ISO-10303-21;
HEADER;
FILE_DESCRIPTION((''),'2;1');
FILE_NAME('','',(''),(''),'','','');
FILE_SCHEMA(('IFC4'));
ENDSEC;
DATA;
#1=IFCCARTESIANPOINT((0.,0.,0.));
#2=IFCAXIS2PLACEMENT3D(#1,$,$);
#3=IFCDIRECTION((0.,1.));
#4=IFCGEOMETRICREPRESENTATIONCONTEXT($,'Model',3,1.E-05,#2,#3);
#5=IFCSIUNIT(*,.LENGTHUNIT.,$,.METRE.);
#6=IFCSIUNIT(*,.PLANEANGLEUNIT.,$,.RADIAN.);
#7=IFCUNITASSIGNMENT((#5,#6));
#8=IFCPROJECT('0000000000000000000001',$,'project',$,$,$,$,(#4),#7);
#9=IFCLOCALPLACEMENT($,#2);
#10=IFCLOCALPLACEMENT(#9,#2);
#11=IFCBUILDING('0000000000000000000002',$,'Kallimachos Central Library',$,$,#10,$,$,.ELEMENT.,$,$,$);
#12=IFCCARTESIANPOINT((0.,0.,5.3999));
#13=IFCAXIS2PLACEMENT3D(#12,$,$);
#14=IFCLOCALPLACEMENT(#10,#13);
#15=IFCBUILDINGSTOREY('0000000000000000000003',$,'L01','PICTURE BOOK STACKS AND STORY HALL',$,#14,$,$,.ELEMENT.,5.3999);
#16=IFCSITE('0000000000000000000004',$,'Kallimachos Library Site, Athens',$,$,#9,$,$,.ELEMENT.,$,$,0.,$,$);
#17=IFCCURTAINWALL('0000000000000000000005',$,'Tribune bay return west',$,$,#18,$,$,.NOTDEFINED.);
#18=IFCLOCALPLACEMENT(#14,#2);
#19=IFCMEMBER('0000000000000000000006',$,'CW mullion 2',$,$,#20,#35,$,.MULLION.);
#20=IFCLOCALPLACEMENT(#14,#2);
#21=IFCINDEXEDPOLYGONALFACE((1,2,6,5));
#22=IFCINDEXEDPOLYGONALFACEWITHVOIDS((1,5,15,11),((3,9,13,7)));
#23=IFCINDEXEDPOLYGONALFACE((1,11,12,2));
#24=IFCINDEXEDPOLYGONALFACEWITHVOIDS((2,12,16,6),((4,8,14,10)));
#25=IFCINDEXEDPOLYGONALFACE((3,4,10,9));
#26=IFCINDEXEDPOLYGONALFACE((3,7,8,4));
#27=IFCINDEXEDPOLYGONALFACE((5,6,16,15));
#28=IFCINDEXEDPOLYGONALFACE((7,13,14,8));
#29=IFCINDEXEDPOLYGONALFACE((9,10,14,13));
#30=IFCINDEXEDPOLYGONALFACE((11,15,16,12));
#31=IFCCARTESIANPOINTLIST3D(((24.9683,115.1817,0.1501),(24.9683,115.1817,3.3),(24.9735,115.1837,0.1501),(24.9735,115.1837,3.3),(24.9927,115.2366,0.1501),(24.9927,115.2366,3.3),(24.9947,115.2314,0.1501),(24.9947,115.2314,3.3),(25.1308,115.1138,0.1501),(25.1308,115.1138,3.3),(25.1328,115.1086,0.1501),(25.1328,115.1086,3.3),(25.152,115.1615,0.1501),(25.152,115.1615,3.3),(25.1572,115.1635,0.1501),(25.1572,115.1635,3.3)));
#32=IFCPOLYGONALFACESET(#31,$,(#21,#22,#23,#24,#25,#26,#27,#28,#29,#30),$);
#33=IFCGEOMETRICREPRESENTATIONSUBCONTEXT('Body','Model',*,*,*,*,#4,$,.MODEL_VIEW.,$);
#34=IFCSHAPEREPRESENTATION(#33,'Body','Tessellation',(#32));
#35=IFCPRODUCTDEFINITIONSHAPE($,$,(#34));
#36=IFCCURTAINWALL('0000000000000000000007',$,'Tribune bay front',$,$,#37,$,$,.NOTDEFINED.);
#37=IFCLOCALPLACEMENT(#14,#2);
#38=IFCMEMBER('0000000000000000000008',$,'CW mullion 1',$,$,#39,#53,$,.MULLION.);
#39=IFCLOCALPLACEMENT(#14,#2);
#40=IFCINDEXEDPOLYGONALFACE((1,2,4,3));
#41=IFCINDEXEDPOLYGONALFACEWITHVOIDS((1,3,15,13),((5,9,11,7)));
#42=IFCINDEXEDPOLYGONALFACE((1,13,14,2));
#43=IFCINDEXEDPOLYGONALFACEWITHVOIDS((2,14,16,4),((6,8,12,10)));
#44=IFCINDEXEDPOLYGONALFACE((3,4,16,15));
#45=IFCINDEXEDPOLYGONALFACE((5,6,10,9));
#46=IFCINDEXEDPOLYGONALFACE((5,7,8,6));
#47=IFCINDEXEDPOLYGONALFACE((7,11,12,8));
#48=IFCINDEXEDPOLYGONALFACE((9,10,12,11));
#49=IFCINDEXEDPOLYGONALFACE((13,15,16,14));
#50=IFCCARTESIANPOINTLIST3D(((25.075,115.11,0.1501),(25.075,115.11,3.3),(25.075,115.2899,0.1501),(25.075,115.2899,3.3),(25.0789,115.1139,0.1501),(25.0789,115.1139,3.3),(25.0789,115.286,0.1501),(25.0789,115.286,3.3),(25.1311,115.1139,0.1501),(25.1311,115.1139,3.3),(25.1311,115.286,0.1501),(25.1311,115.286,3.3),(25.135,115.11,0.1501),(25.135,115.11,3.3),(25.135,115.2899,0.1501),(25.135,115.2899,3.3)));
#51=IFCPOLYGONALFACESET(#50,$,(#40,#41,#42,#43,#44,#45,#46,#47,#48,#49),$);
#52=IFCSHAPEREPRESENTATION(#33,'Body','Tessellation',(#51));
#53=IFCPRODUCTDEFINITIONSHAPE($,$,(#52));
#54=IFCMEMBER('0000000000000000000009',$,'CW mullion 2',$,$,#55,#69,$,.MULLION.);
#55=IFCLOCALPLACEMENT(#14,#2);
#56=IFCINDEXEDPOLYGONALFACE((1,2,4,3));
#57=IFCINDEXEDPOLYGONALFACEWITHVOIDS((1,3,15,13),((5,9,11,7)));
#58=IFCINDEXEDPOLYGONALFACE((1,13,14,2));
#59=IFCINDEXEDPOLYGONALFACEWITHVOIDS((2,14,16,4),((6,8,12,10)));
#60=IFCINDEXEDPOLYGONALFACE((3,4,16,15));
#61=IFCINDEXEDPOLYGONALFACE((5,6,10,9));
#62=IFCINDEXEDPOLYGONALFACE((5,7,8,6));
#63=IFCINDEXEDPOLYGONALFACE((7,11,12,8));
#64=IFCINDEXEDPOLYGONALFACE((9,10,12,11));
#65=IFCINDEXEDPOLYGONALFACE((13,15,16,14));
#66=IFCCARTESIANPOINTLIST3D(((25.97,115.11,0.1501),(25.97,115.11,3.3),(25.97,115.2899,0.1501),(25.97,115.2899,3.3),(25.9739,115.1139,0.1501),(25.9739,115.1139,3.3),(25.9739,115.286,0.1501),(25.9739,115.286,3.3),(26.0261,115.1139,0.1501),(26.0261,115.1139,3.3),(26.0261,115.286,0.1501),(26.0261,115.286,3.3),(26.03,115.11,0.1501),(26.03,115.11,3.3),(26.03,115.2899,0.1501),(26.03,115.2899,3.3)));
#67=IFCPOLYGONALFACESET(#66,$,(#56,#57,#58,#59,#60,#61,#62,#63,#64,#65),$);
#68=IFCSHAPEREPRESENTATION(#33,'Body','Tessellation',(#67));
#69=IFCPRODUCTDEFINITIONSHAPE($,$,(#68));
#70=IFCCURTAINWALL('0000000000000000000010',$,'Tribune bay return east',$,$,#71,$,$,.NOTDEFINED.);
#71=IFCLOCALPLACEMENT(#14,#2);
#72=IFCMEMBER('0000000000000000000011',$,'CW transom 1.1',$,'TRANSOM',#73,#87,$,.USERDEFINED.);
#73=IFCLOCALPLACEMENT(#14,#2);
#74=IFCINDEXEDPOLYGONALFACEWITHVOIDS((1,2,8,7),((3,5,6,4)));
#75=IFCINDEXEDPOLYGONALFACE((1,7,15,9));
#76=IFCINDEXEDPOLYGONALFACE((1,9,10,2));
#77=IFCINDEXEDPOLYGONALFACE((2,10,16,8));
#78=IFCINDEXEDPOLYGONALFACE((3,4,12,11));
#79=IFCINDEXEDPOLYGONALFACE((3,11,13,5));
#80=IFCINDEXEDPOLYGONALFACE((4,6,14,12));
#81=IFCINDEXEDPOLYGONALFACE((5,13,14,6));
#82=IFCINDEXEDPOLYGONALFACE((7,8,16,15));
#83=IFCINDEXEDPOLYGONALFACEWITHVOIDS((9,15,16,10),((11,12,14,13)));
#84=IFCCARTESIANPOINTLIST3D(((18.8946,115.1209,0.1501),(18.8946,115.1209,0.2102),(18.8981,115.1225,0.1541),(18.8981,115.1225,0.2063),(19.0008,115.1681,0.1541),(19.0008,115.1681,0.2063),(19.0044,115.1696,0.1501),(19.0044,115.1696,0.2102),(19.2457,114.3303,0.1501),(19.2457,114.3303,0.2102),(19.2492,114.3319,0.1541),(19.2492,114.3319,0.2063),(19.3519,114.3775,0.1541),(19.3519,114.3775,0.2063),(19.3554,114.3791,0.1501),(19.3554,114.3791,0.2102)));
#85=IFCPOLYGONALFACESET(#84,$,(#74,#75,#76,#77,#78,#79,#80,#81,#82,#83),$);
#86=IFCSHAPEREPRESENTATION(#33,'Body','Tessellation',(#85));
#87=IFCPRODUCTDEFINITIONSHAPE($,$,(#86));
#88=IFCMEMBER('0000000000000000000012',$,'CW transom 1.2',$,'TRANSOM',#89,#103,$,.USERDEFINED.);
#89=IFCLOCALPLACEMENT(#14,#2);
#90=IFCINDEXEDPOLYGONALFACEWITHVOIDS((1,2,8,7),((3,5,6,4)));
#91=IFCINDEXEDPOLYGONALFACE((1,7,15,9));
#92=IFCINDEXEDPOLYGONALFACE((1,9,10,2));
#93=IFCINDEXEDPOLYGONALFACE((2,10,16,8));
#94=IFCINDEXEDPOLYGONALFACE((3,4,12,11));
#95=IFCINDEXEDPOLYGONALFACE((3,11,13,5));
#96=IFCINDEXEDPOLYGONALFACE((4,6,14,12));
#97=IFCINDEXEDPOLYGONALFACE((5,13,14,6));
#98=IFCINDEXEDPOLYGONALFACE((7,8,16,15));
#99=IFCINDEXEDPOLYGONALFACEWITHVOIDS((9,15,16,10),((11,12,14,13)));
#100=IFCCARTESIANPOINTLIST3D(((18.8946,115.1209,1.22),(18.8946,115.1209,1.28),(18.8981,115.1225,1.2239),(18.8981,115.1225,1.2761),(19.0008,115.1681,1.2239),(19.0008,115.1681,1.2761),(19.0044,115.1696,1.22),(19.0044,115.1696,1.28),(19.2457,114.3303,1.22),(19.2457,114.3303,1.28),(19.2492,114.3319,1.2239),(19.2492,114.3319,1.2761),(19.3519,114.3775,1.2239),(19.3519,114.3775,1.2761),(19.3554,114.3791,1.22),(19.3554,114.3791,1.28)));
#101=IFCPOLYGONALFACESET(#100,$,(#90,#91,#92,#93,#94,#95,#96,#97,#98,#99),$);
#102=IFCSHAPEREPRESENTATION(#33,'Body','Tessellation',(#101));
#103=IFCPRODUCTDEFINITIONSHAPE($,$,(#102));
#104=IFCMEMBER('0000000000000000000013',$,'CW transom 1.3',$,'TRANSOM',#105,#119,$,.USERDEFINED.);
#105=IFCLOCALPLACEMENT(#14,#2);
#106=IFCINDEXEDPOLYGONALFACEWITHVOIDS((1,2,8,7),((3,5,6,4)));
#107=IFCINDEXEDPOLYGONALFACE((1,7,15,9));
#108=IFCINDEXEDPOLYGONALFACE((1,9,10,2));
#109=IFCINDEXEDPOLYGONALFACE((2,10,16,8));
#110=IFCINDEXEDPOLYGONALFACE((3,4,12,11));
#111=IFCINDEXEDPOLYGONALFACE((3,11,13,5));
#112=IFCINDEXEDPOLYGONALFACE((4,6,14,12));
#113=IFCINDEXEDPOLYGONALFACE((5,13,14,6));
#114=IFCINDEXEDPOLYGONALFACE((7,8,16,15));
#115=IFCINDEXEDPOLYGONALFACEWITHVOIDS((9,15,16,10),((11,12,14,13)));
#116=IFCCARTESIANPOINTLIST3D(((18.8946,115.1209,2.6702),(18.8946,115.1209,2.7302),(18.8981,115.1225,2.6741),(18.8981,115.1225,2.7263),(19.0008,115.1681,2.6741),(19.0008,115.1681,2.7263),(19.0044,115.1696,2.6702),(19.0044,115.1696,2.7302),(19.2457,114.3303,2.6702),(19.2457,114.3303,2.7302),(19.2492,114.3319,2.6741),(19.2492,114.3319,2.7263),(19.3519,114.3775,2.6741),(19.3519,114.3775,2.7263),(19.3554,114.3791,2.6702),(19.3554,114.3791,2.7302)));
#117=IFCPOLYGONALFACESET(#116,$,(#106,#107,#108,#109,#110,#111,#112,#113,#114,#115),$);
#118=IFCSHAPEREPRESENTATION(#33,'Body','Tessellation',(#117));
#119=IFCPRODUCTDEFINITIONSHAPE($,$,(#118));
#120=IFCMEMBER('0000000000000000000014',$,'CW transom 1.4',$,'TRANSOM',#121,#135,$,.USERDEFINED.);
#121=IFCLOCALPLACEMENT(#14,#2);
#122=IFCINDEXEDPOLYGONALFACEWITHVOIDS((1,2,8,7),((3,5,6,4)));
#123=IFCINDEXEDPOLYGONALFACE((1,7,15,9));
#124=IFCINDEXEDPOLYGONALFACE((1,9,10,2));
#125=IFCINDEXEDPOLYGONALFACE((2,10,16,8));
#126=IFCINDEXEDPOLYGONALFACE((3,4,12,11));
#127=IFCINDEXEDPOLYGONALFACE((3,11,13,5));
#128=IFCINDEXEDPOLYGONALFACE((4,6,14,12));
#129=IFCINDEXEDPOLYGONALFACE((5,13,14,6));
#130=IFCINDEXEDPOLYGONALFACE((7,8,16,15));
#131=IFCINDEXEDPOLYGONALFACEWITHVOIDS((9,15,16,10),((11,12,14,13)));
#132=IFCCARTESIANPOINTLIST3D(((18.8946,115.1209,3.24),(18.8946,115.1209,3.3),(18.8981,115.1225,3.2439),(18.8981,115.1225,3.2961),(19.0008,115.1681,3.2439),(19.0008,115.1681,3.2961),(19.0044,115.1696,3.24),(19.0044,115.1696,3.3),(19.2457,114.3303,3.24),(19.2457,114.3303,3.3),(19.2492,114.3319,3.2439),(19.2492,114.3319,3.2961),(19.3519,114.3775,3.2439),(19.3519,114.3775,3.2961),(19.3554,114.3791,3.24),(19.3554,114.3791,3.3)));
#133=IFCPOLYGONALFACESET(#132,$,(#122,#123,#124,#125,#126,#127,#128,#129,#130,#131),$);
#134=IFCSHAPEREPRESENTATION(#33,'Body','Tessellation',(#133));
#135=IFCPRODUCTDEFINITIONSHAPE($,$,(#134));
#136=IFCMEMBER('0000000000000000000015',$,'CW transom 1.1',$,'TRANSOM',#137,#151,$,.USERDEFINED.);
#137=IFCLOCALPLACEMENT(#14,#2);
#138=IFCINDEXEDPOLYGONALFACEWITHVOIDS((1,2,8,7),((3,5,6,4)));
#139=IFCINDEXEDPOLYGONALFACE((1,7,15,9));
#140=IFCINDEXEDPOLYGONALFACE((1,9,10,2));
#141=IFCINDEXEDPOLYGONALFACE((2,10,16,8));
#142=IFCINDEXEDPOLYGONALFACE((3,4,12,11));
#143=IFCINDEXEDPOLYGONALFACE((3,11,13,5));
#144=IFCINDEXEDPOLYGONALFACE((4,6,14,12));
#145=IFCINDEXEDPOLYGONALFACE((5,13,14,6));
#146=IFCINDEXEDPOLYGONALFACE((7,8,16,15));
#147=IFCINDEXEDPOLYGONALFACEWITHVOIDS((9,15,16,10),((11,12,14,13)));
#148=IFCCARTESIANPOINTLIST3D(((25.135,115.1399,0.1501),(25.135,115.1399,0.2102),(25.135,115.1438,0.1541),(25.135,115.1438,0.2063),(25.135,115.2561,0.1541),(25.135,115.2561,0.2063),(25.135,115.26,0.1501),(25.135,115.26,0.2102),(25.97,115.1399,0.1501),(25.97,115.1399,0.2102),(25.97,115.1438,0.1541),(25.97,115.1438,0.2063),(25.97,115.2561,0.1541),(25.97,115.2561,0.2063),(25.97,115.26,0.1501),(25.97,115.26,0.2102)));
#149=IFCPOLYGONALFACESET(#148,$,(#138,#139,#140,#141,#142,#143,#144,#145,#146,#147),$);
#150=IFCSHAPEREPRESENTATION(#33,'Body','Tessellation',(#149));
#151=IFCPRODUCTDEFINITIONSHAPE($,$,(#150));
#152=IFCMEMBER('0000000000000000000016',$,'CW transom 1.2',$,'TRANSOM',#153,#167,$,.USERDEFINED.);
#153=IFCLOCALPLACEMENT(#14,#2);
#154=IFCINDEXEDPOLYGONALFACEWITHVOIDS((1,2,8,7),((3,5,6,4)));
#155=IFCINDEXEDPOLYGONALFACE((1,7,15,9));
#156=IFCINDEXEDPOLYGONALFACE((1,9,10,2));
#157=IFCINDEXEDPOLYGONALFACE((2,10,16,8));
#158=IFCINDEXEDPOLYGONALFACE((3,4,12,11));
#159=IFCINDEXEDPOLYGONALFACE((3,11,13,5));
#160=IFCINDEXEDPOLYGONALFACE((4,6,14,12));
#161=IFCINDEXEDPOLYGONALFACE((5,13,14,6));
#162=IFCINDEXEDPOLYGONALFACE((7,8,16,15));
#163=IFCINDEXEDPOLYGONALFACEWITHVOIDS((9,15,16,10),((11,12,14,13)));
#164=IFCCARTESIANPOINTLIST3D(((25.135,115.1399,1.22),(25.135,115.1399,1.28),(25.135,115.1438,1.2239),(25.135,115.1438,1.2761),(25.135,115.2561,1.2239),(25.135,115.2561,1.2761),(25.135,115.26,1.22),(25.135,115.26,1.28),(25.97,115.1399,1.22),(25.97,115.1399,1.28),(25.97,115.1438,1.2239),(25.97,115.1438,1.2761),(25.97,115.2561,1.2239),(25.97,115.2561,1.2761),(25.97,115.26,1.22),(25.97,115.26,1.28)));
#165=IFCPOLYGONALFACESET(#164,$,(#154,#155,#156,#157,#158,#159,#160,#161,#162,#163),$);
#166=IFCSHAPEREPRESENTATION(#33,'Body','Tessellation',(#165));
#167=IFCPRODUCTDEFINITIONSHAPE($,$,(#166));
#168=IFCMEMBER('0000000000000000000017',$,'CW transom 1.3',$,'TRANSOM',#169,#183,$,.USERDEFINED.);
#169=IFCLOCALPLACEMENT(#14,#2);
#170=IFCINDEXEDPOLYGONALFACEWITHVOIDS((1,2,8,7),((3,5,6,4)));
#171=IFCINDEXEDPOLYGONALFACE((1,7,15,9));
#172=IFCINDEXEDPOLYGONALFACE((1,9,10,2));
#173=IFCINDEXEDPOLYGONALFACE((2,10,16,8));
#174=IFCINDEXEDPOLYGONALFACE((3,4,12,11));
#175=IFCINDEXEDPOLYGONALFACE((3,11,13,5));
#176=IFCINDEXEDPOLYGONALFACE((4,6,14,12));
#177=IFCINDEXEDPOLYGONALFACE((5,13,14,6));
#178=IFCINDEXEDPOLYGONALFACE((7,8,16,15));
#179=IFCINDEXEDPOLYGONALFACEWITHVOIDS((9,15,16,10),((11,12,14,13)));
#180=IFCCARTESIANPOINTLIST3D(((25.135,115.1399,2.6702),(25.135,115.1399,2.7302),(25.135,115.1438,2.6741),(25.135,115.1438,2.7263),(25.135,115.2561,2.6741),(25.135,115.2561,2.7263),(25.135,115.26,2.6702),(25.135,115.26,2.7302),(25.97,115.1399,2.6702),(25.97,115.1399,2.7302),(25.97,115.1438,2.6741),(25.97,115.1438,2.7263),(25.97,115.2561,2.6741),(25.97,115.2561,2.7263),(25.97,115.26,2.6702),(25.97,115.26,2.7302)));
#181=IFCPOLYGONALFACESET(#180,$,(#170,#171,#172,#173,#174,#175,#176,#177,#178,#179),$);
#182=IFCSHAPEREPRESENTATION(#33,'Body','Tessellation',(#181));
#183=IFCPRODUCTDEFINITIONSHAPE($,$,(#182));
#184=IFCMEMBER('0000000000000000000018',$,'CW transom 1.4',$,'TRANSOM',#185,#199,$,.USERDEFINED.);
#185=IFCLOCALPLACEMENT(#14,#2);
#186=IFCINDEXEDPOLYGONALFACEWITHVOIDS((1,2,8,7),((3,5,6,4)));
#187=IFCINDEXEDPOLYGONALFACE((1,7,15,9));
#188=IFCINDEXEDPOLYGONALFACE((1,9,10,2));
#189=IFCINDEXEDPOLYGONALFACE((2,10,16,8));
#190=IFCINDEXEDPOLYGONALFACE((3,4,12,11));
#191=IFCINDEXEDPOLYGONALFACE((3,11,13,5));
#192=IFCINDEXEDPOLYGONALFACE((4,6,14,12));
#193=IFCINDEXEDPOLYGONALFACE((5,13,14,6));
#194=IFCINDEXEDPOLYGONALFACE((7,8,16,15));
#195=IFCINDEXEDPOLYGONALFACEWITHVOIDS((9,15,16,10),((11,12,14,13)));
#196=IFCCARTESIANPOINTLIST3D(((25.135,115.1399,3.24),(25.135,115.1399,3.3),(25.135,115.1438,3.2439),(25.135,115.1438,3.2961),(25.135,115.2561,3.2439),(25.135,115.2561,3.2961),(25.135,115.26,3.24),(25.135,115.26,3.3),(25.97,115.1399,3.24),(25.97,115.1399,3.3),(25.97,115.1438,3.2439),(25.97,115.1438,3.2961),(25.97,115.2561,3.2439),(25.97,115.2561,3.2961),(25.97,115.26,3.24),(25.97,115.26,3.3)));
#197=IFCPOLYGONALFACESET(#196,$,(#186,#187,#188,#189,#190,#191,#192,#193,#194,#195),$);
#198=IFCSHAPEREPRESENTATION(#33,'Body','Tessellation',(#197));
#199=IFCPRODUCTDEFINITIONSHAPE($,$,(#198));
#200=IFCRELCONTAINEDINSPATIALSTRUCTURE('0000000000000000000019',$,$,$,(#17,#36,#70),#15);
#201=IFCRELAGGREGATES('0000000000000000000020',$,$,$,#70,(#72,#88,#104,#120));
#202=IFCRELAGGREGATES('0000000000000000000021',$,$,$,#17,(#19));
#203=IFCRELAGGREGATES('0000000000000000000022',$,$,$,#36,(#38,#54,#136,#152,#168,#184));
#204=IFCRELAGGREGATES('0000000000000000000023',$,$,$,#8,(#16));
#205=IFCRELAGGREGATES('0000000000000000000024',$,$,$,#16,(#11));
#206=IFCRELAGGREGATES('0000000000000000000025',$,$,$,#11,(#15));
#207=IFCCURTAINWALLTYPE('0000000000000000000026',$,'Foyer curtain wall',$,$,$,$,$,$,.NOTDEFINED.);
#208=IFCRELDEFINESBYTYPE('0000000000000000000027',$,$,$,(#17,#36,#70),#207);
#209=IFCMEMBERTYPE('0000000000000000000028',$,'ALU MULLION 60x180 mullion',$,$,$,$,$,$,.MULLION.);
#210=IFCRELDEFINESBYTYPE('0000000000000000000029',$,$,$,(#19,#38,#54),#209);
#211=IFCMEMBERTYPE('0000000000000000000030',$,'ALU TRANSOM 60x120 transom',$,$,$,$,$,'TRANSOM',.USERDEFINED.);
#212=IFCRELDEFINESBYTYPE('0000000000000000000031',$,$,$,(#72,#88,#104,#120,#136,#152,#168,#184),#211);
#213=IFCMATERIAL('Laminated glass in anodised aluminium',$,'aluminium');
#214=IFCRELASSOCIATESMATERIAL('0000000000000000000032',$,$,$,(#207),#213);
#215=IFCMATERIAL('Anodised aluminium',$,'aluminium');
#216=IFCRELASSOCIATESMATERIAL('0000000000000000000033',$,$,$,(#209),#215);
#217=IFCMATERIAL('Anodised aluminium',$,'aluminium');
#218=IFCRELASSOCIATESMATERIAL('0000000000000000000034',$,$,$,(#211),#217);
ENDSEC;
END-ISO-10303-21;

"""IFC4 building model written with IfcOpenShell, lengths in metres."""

from ifc_helpers import new_model, si_unit, direction, frame, origin, origin_2d, place, context, subcontext, project, spatial, hollow_rectangle, extrude, material, material_profile, profile_set, type_object, element, aggregate, save


model = new_model("IFC4")

# Units and contexts
model_context = context("Model", 3, precision=1e-05, world=origin(), true_north=direction((0.0, 1.0)))
body_context = subcontext(model_context, "Body", "Model", "MODEL_VIEW")
ifc_project = project(units=[si_unit("LENGTHUNIT", "METRE"), si_unit("PLANEANGLEUNIT", "RADIAN")], contexts=[model_context])

# Site, building, storey
site_placement = place(None, origin())
site = spatial("IfcSite", under=ifc_project, at=site_placement, Name="Kallimachos Library Site, Athens", CompositionType="ELEMENT", RefElevation=0.0)
building_placement = place(site_placement, origin())
building = spatial("IfcBuilding", under=site, at=building_placement, Name="Kallimachos Central Library", CompositionType="ELEMENT")
storey_placement = place(building_placement, frame((0.0, 0.0, 5.3999)))
storey = spatial("IfcBuildingStorey", under=building, at=storey_placement, Name="L01", Description="PICTURE BOOK STACKS AND STORY HALL", CompositionType="ELEMENT", Elevation=5.3999)

# Curtain wall, member
ifc_material_1 = material(Name="Laminated glass in anodised aluminium", Category="aluminium")
curtain_wall_type = type_object("IfcCurtainWallType", Name="Foyer curtain wall", PredefinedType="NOTDEFINED", material=ifc_material_1)
curtain_wall_1_placement = place(storey_placement, origin())
curtain_wall_1 = element("IfcCurtainWall", 1, at=curtain_wall_1_placement, inside=storey, type_object=curtain_wall_type, Name="Tribune bay return west", PredefinedType="NOTDEFINED")
ifc_material_2 = material(Name="Anodised aluminium", Category="aluminium")
ifc_material_profile_1 = material_profile(ifc_material_2, hollow_rectangle(XDim=0.0601, YDim=0.1799, WallThickness=0.0039, at=origin_2d()), Name="ALU MULLION 60x180")
ifc_profile_set_1 = profile_set([ifc_material_profile_1], Name="Anodised aluminium")
member_type_1 = type_object("IfcMemberType", Name="ALU MULLION 60x180 mullion", PredefinedType="MULLION", material=ifc_profile_set_1)
member_1_placement = place(storey_placement, frame((25.0627, 115.1726, 0.1501), z_axis=(0.0, 0.0, 1.0), x_axis=(0.406138, 0.913812, 0.0)))
member_1 = element("IfcMember", 2, at=member_1_placement, type_object=member_type_1, Name="CW mullion 2", PredefinedType="MULLION", context=body_context, shape_type="SweptSolid", body=[
    extrude(hollow_rectangle(XDim=0.0601, YDim=0.1799, WallThickness=0.0039, at=origin_2d()), origin(), (0.0, 0.0, 1.0), 3.1499),
])

# Curtain walls, members
curtain_wall_2_placement = place(storey_placement, origin())
curtain_wall_2 = element("IfcCurtainWall", 3, at=curtain_wall_2_placement, inside=storey, type_object=curtain_wall_type, Name="Tribune bay front", PredefinedType="NOTDEFINED")
member_2_placement = place(storey_placement, frame((25.105, 115.2, 0.1501), z_axis=(0.0, 0.0, 1.0), x_axis=(1.0, 0.0, 0.0)))
member_2 = element("IfcMember", 4, at=member_2_placement, type_object=member_type_1, Name="CW mullion 1", PredefinedType="MULLION", context=body_context, shape_type="SweptSolid", body=[
    extrude(hollow_rectangle(XDim=0.0601, YDim=0.1799, WallThickness=0.0039, at=origin_2d()), origin(), (0.0, 0.0, 1.0), 3.1499),
])
member_3_placement = place(storey_placement, frame((26.0, 115.2, 0.1501), z_axis=(0.0, 0.0, 1.0), x_axis=(1.0, 0.0, 0.0)))
member_3 = element("IfcMember", 5, at=member_3_placement, type_object=member_type_1, Name="CW mullion 2", PredefinedType="MULLION", context=body_context, shape_type="SweptSolid", body=[
    extrude(hollow_rectangle(XDim=0.0601, YDim=0.1799, WallThickness=0.0039, at=origin_2d()), origin(), (0.0, 0.0, 1.0), 3.1499),
])
curtain_wall_3_placement = place(storey_placement, origin())
curtain_wall_3 = element("IfcCurtainWall", 6, at=curtain_wall_3_placement, inside=storey, type_object=curtain_wall_type, Name="Tribune bay return east", PredefinedType="NOTDEFINED")
ifc_material_3 = material(Name="Anodised aluminium", Category="aluminium")
ifc_material_profile_2 = material_profile(ifc_material_3, hollow_rectangle(XDim=0.0601, YDim=0.1201, WallThickness=0.0039, at=origin_2d()), Name="ALU TRANSOM 60x120")
ifc_profile_set_2 = profile_set([ifc_material_profile_2], Name="Anodised aluminium")
member_type_2 = type_object("IfcMemberType", Name="ALU TRANSOM 60x120 transom", ElementType="TRANSOM", PredefinedType="USERDEFINED", material=ifc_profile_set_2)
member_4_placement = place(storey_placement, frame((18.9495, 115.1453, 0.1802), z_axis=(0.405877, -0.913928, 0.0), x_axis=(0.0, 0.0, 1.0)))
member_4 = element("IfcMember", 7, at=member_4_placement, type_object=member_type_2, Name="CW transom 1.1", ObjectType="TRANSOM", PredefinedType="USERDEFINED", context=body_context, shape_type="SweptSolid", body=[
    extrude(hollow_rectangle(XDim=0.0601, YDim=0.1201, WallThickness=0.0039, at=origin_2d()), origin(), (0.0, 0.0, 1.0), 0.865),
])
member_5_placement = place(storey_placement, frame((18.9495, 115.1453, 1.25), z_axis=(0.405877, -0.913928, 0.0), x_axis=(0.0, 0.0, 1.0)))
member_5 = element("IfcMember", 8, at=member_5_placement, type_object=member_type_2, Name="CW transom 1.2", ObjectType="TRANSOM", PredefinedType="USERDEFINED", context=body_context, shape_type="SweptSolid", body=[
    extrude(hollow_rectangle(XDim=0.0601, YDim=0.1201, WallThickness=0.0039, at=origin_2d()), origin(), (0.0, 0.0, 1.0), 0.865),
])
member_6_placement = place(storey_placement, frame((18.9495, 115.1453, 2.7002), z_axis=(0.405877, -0.913928, 0.0), x_axis=(0.0, 0.0, 1.0)))
member_6 = element("IfcMember", 9, at=member_6_placement, type_object=member_type_2, Name="CW transom 1.3", ObjectType="TRANSOM", PredefinedType="USERDEFINED", context=body_context, shape_type="SweptSolid", body=[
    extrude(hollow_rectangle(XDim=0.0601, YDim=0.1201, WallThickness=0.0039, at=origin_2d()), origin(), (0.0, 0.0, 1.0), 0.865),
])
member_7_placement = place(storey_placement, frame((18.9495, 115.1453, 3.27), z_axis=(0.405877, -0.913928, 0.0), x_axis=(0.0, 0.0, 1.0)))
member_7 = element("IfcMember", 10, at=member_7_placement, type_object=member_type_2, Name="CW transom 1.4", ObjectType="TRANSOM", PredefinedType="USERDEFINED", context=body_context, shape_type="SweptSolid", body=[
    extrude(hollow_rectangle(XDim=0.0601, YDim=0.1201, WallThickness=0.0039, at=origin_2d()), origin(), (0.0, 0.0, 1.0), 0.865),
])
aggregate(curtain_wall_3, [member_4, member_5, member_6, member_7])

# Members
member_8_placement = place(storey_placement, frame((25.135, 115.2, 0.1802), z_axis=(1.0, 0.0, 0.0), x_axis=(0.0, 0.0, 1.0)))
member_8 = element("IfcMember", 11, at=member_8_placement, type_object=member_type_2, Name="CW transom 1.1", ObjectType="TRANSOM", PredefinedType="USERDEFINED", context=body_context, shape_type="SweptSolid", body=[
    extrude(hollow_rectangle(XDim=0.0601, YDim=0.1201, WallThickness=0.0039, at=origin_2d()), origin(), (0.0, 0.0, 1.0), 0.835),
])
member_9_placement = place(storey_placement, frame((25.135, 115.2, 1.25), z_axis=(1.0, 0.0, 0.0), x_axis=(0.0, 0.0, 1.0)))
member_9 = element("IfcMember", 12, at=member_9_placement, type_object=member_type_2, Name="CW transom 1.2", ObjectType="TRANSOM", PredefinedType="USERDEFINED", context=body_context, shape_type="SweptSolid", body=[
    extrude(hollow_rectangle(XDim=0.0601, YDim=0.1201, WallThickness=0.0039, at=origin_2d()), origin(), (0.0, 0.0, 1.0), 0.835),
])
member_10_placement = place(storey_placement, frame((25.135, 115.2, 2.7002), z_axis=(1.0, 0.0, 0.0), x_axis=(0.0, 0.0, 1.0)))
member_10 = element("IfcMember", 13, at=member_10_placement, type_object=member_type_2, Name="CW transom 1.3", ObjectType="TRANSOM", PredefinedType="USERDEFINED", context=body_context, shape_type="SweptSolid", body=[
    extrude(hollow_rectangle(XDim=0.0601, YDim=0.1201, WallThickness=0.0039, at=origin_2d()), origin(), (0.0, 0.0, 1.0), 0.835),
])
member_11_placement = place(storey_placement, frame((25.135, 115.2, 3.27), z_axis=(1.0, 0.0, 0.0), x_axis=(0.0, 0.0, 1.0)))
member_11 = element("IfcMember", 14, at=member_11_placement, type_object=member_type_2, Name="CW transom 1.4", ObjectType="TRANSOM", PredefinedType="USERDEFINED", context=body_context, shape_type="SweptSolid", body=[
    extrude(hollow_rectangle(XDim=0.0601, YDim=0.1201, WallThickness=0.0039, at=origin_2d()), origin(), (0.0, 0.0, 1.0), 0.835),
])

aggregate(curtain_wall_1, [member_1])
aggregate(curtain_wall_2, [member_2, member_3, member_8, member_9, member_10, member_11])

save(model, "model.ifc")
